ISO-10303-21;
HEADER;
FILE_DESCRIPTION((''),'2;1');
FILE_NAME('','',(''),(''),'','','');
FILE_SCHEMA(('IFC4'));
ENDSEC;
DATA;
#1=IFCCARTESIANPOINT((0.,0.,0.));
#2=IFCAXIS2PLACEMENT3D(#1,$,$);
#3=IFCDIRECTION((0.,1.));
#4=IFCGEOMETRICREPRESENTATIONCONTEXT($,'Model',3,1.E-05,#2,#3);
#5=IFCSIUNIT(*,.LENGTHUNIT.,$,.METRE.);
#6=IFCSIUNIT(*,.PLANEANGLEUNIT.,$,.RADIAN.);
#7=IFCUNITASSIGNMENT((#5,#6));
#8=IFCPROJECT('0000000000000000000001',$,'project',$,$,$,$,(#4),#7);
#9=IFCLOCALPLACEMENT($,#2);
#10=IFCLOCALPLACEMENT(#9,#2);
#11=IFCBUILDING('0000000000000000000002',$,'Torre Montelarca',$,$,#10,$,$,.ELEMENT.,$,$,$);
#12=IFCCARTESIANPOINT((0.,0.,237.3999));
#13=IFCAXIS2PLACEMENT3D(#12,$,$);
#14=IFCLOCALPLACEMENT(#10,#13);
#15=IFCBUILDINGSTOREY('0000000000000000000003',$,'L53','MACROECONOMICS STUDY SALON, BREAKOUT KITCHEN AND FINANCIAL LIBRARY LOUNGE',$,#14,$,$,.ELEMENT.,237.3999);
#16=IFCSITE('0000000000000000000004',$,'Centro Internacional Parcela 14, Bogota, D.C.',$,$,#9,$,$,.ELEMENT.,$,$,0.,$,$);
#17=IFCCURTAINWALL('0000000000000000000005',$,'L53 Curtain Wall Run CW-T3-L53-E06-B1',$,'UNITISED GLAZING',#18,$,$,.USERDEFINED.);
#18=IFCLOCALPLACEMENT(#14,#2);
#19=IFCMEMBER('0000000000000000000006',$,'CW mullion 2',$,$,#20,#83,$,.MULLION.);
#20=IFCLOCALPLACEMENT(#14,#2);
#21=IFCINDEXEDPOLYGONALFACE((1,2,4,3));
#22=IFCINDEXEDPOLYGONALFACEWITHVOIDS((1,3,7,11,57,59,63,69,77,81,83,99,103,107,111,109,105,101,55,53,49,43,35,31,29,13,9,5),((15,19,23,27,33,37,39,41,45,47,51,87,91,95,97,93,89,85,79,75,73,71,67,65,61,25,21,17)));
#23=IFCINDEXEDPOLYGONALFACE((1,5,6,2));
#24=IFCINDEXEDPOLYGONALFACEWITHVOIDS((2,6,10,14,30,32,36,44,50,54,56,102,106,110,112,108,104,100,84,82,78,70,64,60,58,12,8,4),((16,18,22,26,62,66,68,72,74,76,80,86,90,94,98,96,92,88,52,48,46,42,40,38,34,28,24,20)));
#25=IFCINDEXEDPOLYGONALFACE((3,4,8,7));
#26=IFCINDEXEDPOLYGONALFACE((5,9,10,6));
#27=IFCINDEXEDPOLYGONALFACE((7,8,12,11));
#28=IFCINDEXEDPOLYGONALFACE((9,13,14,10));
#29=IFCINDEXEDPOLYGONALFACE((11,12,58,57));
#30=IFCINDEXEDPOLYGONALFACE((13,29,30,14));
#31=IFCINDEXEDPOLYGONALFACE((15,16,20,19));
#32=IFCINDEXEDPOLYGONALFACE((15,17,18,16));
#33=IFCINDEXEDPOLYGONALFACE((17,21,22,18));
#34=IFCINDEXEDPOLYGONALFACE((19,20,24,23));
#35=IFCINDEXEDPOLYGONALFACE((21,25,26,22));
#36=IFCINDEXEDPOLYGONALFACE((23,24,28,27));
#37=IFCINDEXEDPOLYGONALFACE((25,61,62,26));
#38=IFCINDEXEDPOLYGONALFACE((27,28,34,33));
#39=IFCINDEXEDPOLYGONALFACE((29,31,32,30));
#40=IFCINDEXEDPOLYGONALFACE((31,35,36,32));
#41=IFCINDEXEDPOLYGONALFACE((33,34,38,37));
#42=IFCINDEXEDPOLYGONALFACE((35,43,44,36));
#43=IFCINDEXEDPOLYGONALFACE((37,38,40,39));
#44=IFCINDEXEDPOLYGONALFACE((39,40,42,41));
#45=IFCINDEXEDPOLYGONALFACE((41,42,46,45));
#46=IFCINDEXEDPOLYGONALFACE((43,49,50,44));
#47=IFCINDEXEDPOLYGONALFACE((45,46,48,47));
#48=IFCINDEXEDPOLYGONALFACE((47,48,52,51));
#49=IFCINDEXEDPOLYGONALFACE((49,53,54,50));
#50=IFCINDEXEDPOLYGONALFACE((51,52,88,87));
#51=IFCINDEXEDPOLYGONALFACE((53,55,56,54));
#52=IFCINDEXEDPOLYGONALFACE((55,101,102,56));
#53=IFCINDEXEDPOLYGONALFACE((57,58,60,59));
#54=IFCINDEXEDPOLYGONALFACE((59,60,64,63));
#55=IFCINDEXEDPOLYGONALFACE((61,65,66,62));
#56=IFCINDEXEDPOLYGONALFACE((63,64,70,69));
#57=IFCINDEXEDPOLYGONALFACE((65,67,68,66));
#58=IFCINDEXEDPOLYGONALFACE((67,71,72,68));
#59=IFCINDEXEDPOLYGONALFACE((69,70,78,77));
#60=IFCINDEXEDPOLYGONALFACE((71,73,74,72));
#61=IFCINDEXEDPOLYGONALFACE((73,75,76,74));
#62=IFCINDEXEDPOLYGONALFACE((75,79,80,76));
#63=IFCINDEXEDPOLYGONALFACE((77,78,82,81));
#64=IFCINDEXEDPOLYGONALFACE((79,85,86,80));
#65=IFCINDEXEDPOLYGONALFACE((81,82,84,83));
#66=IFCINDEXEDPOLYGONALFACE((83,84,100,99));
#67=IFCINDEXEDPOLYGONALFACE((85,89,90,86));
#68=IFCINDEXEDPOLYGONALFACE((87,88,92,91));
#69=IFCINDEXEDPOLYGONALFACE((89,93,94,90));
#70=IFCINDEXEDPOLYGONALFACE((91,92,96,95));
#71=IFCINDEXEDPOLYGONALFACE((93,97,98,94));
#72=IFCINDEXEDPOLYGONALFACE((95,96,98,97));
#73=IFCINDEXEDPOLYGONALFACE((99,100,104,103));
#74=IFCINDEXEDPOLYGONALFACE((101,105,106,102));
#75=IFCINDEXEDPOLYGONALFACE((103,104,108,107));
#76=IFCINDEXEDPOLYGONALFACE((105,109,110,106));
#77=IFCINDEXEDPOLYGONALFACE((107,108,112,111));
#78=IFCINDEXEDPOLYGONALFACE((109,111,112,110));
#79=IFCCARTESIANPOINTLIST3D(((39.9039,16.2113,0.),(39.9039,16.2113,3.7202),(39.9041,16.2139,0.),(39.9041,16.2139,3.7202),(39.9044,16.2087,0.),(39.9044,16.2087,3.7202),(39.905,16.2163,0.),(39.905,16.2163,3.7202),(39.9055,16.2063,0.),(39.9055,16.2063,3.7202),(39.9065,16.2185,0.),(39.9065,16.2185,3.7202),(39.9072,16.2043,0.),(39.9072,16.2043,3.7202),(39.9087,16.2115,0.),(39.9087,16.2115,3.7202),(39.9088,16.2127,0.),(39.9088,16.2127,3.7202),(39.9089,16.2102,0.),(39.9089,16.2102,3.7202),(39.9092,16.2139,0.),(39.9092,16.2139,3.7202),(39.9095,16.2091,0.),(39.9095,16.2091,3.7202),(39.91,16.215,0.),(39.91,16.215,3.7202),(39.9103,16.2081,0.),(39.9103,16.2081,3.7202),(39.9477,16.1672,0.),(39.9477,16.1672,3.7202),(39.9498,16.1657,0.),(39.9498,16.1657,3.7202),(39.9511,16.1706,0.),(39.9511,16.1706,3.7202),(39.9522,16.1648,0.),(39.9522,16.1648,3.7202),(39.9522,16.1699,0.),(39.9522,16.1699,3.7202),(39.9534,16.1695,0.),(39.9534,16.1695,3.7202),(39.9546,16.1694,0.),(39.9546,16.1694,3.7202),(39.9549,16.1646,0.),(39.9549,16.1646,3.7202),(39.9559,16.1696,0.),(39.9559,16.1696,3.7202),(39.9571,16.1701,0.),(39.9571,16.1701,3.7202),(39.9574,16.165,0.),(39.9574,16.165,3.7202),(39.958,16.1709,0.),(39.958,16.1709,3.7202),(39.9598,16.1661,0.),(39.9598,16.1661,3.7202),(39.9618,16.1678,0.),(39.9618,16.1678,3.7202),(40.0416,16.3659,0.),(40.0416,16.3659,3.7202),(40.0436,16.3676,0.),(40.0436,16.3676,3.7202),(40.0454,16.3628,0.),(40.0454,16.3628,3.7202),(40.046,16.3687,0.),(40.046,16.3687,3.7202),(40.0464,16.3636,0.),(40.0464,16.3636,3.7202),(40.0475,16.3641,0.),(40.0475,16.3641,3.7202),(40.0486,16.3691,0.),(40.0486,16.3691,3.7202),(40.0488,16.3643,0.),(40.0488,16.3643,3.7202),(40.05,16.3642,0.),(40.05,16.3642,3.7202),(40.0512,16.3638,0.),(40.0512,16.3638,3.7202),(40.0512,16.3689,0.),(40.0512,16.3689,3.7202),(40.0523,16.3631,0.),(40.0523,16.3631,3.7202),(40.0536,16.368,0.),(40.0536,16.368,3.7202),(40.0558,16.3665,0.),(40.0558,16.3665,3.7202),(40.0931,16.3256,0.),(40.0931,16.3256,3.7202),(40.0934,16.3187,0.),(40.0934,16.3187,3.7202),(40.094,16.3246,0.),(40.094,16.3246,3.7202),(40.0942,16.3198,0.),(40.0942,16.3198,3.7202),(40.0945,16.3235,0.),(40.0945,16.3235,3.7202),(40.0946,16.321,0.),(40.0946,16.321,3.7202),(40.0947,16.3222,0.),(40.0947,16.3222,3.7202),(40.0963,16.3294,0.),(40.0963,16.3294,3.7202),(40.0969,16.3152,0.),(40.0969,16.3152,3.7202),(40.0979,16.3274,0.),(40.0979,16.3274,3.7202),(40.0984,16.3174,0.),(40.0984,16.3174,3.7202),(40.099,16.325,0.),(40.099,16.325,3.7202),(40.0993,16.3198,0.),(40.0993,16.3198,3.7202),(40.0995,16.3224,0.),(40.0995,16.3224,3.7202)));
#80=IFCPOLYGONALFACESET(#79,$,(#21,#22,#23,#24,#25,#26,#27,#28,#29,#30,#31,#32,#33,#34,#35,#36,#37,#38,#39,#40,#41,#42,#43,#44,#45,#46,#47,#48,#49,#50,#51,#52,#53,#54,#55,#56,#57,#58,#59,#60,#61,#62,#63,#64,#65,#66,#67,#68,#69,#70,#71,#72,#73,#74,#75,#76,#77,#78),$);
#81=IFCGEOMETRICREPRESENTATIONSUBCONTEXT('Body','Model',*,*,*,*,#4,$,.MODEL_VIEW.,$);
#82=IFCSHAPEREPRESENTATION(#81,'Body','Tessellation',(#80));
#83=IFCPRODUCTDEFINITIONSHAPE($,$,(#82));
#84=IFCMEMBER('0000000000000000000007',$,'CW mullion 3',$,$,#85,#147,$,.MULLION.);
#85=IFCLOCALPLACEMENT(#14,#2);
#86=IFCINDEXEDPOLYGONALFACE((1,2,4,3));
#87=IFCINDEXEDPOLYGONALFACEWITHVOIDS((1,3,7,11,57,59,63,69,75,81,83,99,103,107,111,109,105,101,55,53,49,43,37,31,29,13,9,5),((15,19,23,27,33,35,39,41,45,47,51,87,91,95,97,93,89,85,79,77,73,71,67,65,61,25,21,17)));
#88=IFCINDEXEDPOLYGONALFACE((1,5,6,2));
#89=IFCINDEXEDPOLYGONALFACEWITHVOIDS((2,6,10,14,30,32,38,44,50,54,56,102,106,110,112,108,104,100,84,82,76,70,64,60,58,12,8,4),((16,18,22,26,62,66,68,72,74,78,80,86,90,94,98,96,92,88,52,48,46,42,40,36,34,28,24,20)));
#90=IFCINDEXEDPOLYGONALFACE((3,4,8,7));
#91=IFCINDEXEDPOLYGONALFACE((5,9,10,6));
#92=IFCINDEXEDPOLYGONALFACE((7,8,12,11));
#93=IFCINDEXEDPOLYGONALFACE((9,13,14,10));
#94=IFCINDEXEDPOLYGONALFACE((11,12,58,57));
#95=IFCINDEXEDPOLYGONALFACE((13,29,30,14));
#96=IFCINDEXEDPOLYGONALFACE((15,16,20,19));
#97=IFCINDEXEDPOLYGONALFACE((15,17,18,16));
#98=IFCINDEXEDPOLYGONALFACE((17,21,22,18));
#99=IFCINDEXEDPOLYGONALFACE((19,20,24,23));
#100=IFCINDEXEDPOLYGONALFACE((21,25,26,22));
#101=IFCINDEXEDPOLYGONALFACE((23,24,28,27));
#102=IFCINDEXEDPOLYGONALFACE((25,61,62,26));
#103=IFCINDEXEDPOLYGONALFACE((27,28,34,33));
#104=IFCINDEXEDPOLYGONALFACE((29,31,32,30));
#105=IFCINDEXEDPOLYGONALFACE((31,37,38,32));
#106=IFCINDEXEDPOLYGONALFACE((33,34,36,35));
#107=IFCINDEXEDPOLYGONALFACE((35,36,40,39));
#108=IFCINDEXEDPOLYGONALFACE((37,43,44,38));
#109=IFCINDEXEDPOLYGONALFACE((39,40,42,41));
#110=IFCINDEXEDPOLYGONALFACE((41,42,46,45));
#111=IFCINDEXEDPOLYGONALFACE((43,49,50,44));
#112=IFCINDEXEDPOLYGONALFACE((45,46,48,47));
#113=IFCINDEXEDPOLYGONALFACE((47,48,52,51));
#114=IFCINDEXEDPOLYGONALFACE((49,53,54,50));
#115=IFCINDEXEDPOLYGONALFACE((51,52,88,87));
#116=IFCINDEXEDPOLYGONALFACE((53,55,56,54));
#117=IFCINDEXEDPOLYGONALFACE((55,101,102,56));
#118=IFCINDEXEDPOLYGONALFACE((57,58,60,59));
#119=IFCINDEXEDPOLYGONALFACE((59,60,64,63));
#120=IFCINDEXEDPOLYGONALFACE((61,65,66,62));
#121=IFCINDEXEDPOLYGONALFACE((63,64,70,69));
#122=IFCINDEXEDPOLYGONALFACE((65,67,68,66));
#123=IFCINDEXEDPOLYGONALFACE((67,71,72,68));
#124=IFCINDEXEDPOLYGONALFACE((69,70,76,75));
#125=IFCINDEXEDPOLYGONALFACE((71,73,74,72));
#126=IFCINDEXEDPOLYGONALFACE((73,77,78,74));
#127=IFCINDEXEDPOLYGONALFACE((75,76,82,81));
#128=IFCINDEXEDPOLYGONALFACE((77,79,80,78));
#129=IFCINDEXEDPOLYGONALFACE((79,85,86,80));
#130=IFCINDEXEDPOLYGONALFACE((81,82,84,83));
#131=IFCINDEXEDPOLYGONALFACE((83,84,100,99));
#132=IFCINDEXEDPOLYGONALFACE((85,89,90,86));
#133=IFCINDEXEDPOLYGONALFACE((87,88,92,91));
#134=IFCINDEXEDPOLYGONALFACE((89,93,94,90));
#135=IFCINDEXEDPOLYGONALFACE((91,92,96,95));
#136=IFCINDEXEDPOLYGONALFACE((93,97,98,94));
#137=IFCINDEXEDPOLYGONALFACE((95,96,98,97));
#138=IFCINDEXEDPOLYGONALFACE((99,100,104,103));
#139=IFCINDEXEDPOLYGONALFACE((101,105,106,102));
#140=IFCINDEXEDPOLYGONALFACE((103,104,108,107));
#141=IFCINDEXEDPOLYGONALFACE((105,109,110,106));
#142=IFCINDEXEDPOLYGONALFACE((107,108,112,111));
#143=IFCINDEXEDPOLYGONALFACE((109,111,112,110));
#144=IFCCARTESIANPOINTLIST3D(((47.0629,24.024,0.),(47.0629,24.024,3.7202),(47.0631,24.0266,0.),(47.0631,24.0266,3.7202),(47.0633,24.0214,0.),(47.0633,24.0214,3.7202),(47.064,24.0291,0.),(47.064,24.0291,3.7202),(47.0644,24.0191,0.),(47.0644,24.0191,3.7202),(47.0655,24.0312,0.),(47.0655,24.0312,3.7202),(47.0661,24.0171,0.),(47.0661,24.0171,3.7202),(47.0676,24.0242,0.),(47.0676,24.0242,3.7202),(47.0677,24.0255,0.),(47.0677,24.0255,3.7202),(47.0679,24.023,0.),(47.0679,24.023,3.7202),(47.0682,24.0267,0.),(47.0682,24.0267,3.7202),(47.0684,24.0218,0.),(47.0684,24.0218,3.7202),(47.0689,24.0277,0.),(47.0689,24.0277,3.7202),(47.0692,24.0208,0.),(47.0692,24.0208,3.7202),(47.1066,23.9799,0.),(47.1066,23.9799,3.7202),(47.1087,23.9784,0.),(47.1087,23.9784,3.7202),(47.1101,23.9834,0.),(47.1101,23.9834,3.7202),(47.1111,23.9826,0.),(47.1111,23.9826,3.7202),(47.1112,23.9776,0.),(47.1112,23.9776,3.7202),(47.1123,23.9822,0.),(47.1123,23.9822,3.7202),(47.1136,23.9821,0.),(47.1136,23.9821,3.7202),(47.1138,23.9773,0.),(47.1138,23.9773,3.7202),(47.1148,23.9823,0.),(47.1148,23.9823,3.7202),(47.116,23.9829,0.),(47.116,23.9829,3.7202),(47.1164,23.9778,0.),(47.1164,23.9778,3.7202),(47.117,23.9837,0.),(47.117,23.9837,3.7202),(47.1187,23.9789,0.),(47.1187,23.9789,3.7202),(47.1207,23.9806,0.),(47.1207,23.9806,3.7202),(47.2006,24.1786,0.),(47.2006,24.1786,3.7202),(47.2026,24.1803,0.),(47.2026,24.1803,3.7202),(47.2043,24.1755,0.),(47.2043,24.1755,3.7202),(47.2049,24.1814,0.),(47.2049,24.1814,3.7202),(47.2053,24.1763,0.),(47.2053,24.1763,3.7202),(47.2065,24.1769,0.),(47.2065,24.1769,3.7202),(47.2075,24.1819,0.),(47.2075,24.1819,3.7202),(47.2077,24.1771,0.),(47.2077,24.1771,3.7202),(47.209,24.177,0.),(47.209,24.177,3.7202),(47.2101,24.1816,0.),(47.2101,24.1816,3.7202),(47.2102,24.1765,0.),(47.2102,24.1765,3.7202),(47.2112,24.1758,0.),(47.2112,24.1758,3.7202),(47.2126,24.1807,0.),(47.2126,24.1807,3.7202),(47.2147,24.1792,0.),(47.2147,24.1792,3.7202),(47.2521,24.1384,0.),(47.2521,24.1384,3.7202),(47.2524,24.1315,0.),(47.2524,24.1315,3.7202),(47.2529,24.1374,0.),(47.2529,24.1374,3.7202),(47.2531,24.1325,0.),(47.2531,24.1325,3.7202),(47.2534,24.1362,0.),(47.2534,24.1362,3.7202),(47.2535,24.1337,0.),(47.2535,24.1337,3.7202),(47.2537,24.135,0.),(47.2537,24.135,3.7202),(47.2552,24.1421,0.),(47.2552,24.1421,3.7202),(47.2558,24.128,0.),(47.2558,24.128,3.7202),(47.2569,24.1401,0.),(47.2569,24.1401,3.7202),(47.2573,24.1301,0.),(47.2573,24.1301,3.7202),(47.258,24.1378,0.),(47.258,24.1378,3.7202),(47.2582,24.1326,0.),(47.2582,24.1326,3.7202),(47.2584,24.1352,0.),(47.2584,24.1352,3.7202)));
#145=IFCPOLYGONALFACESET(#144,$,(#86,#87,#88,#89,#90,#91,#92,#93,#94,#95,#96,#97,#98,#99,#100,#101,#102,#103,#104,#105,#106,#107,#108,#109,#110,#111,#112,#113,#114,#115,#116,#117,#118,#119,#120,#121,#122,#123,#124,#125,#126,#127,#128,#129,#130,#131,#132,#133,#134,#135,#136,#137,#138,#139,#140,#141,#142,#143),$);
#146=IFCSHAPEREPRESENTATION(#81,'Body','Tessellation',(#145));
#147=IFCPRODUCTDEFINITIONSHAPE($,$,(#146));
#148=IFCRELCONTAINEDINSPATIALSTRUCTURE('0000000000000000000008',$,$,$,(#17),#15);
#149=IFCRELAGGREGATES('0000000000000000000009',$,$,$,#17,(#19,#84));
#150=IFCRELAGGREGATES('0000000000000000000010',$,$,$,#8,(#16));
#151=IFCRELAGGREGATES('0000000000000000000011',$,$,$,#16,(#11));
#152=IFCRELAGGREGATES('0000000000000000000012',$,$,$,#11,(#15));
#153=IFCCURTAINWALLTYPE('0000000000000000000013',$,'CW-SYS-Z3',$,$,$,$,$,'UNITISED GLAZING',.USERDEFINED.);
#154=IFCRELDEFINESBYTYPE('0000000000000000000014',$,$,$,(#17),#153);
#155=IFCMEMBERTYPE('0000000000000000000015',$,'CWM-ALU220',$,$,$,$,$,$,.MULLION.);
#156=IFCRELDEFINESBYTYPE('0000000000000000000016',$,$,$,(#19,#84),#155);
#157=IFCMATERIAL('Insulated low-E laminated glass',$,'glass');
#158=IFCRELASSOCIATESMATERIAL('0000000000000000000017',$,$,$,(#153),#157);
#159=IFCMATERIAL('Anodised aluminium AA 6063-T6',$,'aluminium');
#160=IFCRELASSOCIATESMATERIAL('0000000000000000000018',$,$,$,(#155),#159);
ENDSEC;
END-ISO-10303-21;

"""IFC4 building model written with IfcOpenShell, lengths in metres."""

from ifc_helpers import new_model, si_unit, direction, frame, origin, origin_2d, place, context, subcontext, project, spatial, hollow_rectangle, extrude, source, transform, mapped, material, material_profile, profile_set, type_object, element, aggregate, save


model = new_model("IFC4")

# Units and contexts
model_context = context("Model", 3, precision=1e-05, world=origin(), true_north=direction((0.0, 1.0)))
body_context = subcontext(model_context, "Body", "Model", "MODEL_VIEW")
ifc_project = project(units=[si_unit("LENGTHUNIT", "METRE"), si_unit("PLANEANGLEUNIT", "RADIAN")], contexts=[model_context])

# Site, building, storey
site_placement = place(None, origin())
site = spatial("IfcSite", under=ifc_project, at=site_placement, Name="Centro Internacional Parcela 14, Bogota, D.C.", CompositionType="ELEMENT", RefElevation=0.0)
building_placement = place(site_placement, origin())
building = spatial("IfcBuilding", under=site, at=building_placement, Name="Torre Montelarca", CompositionType="ELEMENT")
storey_placement = place(building_placement, frame((0.0, 0.0, 237.3999)))
storey = spatial("IfcBuildingStorey", under=building, at=storey_placement, Name="L53", Description="MACROECONOMICS STUDY SALON, BREAKOUT KITCHEN AND FINANCIAL LIBRARY LOUNGE", CompositionType="ELEMENT", Elevation=237.3999)

# Curtain wall
ifc_material_1 = material(Name="Insulated low-E laminated glass", Category="glass")
curtain_wall_type = type_object("IfcCurtainWallType", Name="CW-SYS-Z3", ElementType="UNITISED GLAZING", PredefinedType="USERDEFINED", material=ifc_material_1)
ifc_material_2 = material(Name="Anodised aluminium AA 6063-T6", Category="aluminium")
curtain_wall_1_placement = place(storey_placement, origin())
curtain_wall_1 = element("IfcCurtainWall", 1, at=curtain_wall_1_placement, inside=storey, type_object=curtain_wall_type, Name="L53 Curtain Wall Run CW-T3-L53-E06-B1", ObjectType="UNITISED GLAZING", PredefinedType="USERDEFINED")

# Shared definitions
ifc_material_profile_1 = material_profile(ifc_material_2, hollow_rectangle(XDim=0.075, YDim=0.22, WallThickness=0.0049, InnerFilletRadius=0.0049, OuterFilletRadius=0.01, at=origin_2d()), Name="ALU75X220X5", Category="aluminium")
ifc_profile_set_1 = profile_set([ifc_material_profile_1], Name="Anodised aluminium AA 6063-T6")
member_type_1 = type_object("IfcMemberType", Name="CWM-ALU220", PredefinedType="MULLION", material=ifc_profile_set_1)
shared_shape_1 = source(origin(), body_context, "Body", "SweptSolid", [
    extrude(hollow_rectangle(XDim=0.075, YDim=0.22, WallThickness=0.0049, InnerFilletRadius=0.0049, OuterFilletRadius=0.01, at=origin_2d()), origin(), (0.0, 0.0, 1.0), 3.7202),
])

# Members
member_1_placement = place(storey_placement, frame((40.0017, 16.2668, 0.0), z_axis=(0.0, 0.0, 1.0), x_axis=(-0.737278, 0.67559, 0.0)))
member_1 = element("IfcMember", 2, at=member_1_placement, type_object=member_type_1, Name="CW mullion 2", PredefinedType="MULLION", context=body_context, shape_type="MappedRepresentation", body=[
    mapped(shared_shape_1, transform((0.0, 0.0, 0.0), scale=1.0)),
])
member_2_placement = place(storey_placement, frame((47.1606, 24.0796, 0.0), z_axis=(0.0, 0.0, 1.0), x_axis=(-0.737278, 0.67559, 0.0)))
member_2 = element("IfcMember", 3, at=member_2_placement, type_object=member_type_1, Name="CW mullion 3", PredefinedType="MULLION", context=body_context, shape_type="MappedRepresentation", body=[
    mapped(shared_shape_1, transform((0.0, 0.0, 0.0), scale=1.0)),
])

aggregate(curtain_wall_1, [member_1, member_2])

save(model, "model.ifc")
